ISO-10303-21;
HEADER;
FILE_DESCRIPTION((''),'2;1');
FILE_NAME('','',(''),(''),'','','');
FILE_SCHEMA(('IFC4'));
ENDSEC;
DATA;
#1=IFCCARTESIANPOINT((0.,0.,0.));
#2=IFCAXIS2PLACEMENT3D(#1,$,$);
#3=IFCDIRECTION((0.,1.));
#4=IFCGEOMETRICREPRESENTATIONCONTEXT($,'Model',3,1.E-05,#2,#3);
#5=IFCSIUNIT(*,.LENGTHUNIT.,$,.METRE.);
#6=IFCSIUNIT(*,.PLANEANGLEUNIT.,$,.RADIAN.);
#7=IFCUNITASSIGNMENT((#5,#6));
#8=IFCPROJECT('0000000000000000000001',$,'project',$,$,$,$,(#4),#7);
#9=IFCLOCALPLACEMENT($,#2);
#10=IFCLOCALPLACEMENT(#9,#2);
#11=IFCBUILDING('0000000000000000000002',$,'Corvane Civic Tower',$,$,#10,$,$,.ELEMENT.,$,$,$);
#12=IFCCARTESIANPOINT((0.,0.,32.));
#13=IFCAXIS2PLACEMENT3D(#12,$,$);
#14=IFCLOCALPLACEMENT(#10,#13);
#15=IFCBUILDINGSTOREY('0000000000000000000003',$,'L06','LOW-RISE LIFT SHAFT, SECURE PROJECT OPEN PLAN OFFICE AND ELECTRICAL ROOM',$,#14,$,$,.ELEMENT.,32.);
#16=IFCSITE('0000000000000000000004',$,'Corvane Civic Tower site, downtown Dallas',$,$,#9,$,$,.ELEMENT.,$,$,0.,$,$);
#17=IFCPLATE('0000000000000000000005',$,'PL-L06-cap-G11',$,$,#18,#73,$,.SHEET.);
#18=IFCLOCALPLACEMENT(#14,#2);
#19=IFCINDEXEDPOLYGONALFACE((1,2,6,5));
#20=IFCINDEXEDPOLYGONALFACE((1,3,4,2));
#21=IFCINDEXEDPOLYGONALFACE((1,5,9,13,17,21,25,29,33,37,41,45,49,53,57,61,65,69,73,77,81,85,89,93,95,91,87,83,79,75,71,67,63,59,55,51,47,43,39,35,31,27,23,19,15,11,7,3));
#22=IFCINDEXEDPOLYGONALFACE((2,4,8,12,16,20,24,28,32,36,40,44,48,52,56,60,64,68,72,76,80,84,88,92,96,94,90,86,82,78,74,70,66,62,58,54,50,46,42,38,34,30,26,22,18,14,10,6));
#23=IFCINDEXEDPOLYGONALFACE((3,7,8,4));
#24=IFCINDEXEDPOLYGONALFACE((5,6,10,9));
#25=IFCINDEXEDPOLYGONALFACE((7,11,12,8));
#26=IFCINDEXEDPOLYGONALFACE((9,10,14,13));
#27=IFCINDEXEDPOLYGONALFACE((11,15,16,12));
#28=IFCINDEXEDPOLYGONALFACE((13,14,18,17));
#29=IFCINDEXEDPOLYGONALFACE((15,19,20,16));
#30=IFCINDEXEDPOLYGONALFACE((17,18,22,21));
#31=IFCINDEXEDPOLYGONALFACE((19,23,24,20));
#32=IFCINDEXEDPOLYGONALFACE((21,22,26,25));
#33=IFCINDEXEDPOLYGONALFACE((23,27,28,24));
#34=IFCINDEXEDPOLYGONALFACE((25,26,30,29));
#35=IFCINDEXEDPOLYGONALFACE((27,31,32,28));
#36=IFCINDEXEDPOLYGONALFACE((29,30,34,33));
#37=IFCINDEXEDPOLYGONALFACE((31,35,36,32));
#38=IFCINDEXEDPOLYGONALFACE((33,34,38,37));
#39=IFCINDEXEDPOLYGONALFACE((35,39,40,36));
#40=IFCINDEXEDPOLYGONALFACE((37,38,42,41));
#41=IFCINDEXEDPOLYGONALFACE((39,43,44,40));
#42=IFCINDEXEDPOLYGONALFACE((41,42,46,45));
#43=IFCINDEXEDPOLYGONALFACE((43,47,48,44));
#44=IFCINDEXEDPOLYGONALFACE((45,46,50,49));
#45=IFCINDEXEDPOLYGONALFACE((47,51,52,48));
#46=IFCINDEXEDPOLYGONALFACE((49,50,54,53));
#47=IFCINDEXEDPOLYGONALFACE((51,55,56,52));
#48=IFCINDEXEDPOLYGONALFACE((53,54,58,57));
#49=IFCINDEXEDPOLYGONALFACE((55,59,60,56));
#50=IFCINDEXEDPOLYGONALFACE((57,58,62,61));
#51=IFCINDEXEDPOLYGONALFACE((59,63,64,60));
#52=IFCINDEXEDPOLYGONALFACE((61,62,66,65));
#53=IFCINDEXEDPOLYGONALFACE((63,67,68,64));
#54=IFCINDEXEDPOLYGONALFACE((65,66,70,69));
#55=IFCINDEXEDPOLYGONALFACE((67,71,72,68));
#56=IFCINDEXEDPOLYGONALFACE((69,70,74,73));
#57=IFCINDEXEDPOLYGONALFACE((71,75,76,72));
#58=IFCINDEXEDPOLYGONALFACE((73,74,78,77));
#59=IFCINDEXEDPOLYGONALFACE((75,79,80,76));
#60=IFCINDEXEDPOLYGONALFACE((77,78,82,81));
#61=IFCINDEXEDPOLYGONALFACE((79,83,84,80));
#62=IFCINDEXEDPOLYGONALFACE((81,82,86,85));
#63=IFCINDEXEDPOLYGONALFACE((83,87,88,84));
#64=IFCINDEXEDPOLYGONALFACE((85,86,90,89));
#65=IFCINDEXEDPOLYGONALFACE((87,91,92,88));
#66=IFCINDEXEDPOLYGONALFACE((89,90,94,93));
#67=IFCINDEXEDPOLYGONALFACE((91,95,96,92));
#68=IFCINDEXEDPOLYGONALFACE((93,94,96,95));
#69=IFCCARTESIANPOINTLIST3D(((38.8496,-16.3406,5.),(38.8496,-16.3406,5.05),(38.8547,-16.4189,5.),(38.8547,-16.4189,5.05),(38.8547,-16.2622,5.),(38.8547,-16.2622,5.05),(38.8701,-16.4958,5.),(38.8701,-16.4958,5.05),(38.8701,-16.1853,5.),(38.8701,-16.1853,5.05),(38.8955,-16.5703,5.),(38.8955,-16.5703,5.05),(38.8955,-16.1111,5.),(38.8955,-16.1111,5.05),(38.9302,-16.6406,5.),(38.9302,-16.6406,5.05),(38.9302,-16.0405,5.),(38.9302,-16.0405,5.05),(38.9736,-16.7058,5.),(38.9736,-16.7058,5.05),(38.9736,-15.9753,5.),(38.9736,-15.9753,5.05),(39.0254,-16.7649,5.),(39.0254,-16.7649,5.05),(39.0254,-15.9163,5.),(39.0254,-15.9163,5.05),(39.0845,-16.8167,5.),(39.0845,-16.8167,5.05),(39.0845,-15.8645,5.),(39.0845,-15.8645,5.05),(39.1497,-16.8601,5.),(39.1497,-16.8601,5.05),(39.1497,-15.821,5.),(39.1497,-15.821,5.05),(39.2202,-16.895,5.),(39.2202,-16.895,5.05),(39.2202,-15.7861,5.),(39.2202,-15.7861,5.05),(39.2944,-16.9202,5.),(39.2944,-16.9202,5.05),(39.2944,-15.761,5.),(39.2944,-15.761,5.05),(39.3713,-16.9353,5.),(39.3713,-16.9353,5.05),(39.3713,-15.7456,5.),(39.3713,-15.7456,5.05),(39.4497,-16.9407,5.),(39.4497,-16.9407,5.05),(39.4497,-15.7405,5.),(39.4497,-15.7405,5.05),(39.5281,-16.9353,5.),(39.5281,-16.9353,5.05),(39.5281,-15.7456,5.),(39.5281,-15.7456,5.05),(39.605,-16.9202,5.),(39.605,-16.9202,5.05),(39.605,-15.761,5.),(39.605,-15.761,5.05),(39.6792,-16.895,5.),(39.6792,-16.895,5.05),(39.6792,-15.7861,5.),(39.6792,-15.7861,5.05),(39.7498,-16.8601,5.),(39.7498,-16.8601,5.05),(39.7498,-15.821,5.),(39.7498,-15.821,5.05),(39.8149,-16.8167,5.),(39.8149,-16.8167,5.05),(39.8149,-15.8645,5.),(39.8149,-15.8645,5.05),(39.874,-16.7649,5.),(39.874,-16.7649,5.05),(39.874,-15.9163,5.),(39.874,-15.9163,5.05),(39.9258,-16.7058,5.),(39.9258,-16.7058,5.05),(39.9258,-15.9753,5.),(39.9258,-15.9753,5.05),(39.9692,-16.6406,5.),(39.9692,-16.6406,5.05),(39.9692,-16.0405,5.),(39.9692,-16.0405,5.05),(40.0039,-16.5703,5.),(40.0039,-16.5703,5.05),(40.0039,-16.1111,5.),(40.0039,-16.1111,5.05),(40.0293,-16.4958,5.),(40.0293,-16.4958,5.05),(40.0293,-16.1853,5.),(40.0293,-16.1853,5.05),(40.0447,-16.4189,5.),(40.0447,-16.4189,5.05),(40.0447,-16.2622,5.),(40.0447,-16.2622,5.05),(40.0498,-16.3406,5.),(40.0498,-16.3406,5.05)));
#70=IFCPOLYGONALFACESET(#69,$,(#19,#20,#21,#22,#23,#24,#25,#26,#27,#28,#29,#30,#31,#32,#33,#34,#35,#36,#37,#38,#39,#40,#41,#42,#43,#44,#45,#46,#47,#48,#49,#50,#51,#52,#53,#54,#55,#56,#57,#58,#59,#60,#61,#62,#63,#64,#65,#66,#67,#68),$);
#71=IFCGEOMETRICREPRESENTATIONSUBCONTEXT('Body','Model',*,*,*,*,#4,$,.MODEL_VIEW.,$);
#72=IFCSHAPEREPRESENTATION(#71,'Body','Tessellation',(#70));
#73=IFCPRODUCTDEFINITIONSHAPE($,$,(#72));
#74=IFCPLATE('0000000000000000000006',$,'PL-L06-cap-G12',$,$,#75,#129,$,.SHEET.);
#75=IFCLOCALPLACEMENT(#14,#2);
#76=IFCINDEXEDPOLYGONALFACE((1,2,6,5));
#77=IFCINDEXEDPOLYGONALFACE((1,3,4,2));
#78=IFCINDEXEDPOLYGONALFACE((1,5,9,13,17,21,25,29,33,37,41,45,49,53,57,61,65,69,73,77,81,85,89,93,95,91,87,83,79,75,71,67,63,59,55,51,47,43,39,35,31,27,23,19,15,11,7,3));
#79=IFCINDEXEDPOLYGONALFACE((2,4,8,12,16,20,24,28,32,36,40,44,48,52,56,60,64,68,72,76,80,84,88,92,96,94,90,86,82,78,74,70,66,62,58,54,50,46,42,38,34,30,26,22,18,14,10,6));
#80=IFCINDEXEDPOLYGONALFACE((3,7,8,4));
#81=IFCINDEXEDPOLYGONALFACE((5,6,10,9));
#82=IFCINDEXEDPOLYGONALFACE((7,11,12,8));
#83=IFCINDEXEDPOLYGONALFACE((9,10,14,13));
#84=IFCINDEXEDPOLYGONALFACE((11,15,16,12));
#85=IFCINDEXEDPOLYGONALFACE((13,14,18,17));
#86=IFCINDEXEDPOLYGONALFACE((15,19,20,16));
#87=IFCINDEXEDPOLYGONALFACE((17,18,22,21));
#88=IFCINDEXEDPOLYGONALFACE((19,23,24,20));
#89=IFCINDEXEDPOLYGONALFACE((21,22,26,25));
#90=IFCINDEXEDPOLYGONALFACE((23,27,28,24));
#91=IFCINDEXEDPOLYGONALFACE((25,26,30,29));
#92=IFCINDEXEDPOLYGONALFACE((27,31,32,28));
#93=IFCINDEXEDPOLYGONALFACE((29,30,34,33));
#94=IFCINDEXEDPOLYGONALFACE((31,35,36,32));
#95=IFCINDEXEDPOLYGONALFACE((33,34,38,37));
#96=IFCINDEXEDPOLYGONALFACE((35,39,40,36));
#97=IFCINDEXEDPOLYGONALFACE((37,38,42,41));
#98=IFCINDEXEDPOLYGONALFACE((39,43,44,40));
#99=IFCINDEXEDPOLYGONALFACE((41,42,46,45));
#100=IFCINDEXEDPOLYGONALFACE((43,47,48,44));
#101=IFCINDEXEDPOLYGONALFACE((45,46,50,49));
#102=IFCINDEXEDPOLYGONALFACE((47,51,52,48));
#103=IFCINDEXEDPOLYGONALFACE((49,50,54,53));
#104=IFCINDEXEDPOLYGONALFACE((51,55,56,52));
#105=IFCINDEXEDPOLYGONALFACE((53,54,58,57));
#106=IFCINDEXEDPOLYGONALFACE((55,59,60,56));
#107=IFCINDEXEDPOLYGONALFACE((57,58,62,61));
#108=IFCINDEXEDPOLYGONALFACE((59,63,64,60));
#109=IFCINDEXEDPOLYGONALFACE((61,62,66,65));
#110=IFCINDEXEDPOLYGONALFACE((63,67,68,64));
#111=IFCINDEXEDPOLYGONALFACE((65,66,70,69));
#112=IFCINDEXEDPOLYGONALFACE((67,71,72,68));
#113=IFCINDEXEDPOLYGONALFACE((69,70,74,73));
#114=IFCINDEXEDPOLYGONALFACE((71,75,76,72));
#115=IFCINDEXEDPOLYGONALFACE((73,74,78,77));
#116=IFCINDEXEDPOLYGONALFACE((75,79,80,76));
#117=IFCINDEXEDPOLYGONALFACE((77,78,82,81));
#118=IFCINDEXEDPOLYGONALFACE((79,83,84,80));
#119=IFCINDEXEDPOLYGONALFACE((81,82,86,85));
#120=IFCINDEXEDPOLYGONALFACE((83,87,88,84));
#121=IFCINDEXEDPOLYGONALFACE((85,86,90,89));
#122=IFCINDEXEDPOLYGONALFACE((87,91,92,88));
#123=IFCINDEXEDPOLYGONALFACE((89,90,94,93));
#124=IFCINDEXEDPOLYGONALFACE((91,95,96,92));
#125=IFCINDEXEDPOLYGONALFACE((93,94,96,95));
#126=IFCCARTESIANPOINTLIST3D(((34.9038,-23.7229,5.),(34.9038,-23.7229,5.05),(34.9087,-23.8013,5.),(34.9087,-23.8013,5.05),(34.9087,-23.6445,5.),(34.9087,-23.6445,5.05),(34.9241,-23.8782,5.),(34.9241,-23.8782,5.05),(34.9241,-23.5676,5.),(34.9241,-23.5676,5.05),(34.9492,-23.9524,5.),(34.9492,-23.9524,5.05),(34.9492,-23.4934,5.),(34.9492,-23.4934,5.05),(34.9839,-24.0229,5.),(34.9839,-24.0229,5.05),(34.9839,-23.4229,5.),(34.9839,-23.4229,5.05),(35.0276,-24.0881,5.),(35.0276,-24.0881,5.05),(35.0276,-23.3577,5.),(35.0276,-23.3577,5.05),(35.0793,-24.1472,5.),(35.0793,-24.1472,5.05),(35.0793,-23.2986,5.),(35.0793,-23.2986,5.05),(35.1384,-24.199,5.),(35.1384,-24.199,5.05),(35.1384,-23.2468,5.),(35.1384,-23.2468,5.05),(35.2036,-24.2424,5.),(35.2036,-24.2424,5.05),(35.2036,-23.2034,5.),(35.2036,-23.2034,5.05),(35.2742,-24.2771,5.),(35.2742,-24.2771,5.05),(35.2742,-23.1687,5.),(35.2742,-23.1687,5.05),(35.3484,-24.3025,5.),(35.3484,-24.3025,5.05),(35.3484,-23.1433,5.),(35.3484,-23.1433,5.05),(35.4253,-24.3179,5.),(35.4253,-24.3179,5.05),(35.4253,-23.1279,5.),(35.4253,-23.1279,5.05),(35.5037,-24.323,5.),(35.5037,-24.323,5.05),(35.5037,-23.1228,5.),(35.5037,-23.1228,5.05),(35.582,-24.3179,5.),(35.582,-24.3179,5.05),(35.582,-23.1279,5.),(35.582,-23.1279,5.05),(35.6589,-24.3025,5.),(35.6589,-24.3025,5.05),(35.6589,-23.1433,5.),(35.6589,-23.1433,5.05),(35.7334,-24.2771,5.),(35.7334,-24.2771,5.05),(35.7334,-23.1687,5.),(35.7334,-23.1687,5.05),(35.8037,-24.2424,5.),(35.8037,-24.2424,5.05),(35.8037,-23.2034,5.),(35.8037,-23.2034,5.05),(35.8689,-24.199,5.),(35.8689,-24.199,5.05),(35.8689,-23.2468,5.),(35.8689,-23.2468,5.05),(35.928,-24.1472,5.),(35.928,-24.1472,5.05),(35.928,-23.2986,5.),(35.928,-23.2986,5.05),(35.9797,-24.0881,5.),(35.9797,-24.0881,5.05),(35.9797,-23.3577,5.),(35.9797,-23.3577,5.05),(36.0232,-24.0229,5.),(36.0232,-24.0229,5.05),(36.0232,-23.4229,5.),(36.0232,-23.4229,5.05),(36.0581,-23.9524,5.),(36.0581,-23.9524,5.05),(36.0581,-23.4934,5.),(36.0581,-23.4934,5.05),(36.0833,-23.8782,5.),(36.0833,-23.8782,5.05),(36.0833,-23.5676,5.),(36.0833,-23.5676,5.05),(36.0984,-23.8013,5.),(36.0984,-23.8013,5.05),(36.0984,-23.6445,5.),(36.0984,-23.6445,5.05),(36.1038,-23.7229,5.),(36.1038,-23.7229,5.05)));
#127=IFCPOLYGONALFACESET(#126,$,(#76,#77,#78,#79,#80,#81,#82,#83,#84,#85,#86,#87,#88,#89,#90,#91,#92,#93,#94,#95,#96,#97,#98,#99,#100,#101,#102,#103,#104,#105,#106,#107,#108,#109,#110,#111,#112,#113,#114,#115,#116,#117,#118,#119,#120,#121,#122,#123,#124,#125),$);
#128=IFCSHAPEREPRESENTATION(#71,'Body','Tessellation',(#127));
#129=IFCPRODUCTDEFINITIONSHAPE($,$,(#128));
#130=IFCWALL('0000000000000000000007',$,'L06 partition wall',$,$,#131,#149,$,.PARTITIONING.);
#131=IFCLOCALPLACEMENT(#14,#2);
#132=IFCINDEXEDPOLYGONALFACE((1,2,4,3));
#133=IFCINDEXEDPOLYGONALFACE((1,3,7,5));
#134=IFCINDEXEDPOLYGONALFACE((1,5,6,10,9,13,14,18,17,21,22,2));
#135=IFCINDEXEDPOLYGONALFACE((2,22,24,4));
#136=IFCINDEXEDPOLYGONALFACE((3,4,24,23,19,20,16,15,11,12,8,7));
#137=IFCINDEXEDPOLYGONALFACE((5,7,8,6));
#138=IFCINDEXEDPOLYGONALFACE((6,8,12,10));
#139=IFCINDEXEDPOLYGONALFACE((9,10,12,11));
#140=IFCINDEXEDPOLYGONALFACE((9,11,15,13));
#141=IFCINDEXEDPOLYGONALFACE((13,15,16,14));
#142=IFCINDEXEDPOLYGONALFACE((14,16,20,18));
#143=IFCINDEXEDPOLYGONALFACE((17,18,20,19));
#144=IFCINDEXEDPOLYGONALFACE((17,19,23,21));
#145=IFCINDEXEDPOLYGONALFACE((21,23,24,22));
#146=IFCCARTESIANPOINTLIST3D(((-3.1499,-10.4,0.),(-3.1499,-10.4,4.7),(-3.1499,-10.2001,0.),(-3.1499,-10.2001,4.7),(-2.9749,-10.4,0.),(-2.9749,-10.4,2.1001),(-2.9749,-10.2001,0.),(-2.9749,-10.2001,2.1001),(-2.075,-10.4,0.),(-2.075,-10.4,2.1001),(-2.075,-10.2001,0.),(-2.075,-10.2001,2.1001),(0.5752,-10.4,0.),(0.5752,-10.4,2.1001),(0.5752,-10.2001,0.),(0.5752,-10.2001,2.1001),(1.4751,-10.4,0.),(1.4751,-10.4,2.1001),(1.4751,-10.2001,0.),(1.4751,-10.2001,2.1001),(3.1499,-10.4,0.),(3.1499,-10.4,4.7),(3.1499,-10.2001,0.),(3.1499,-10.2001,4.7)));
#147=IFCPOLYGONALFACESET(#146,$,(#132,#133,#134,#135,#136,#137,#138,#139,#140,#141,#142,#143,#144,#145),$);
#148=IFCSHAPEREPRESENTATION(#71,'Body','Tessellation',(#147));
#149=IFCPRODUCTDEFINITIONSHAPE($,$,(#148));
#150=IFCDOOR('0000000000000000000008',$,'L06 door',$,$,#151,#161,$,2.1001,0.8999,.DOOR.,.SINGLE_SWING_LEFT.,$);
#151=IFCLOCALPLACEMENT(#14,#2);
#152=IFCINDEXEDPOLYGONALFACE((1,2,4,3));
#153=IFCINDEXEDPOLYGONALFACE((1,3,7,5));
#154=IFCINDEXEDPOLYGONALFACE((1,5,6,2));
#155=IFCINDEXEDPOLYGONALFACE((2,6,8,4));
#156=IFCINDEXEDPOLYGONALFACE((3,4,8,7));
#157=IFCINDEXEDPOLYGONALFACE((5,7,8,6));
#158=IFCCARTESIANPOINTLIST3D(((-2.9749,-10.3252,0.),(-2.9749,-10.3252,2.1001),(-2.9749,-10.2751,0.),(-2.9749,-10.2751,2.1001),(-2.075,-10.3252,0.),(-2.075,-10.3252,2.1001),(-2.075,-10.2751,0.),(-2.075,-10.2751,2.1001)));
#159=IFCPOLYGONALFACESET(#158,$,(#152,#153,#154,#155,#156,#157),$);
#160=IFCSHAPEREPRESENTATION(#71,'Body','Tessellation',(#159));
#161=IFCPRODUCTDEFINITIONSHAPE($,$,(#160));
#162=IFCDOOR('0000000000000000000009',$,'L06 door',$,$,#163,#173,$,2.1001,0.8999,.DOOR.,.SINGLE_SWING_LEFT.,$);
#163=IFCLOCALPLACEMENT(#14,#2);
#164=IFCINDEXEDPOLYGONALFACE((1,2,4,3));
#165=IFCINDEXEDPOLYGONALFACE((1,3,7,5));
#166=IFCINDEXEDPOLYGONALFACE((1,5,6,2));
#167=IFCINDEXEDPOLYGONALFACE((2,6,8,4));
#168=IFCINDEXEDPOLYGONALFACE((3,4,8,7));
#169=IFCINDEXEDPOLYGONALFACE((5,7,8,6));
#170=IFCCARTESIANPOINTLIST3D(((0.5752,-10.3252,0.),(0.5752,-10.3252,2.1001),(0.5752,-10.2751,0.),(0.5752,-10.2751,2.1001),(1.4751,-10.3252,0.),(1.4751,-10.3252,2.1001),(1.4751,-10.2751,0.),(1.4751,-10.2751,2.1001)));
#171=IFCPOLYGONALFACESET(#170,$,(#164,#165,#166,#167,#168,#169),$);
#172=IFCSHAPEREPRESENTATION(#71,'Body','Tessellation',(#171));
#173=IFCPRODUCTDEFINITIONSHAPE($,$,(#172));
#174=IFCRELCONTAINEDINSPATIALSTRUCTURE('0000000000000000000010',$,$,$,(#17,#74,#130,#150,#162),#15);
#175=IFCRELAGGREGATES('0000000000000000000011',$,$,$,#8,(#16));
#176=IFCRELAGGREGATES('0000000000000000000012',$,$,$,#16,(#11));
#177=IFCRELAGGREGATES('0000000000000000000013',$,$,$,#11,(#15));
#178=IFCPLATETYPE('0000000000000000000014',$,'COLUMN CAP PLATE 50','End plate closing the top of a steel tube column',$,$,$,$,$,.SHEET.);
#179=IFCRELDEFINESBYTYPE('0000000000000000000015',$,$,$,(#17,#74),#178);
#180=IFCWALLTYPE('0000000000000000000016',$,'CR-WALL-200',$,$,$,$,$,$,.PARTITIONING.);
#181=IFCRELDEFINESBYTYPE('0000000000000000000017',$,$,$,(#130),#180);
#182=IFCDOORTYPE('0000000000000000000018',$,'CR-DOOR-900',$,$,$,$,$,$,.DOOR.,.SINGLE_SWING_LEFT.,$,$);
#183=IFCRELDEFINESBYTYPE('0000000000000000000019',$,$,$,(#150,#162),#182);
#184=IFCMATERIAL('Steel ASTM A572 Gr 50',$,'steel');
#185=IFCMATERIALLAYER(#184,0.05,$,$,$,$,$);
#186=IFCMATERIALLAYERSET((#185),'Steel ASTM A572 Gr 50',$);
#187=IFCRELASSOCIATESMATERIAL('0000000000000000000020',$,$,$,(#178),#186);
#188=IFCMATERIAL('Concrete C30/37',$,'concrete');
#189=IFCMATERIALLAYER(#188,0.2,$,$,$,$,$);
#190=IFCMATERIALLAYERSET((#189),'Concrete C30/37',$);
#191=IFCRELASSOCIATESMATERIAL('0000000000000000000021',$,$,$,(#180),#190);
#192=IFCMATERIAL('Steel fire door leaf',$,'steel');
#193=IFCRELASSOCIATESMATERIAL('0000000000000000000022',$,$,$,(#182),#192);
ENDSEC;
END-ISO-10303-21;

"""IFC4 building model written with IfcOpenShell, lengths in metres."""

from ifc_helpers import new_model, si_unit, direction, frame, frame_2d, origin, place, context, subcontext, project, spatial, polyline, rectangle, outline, extrude, material, layer, layer_set, type_object, element, fill, save


model = new_model("IFC4")

# Units and contexts
model_context = context("Model", 3, precision=1e-05, world=origin(), true_north=direction((0.0, 1.0)))
body_context = subcontext(model_context, "Body", "Model", "MODEL_VIEW")
ifc_project = project(units=[si_unit("LENGTHUNIT", "METRE"), si_unit("PLANEANGLEUNIT", "RADIAN")], contexts=[model_context])

# Site, building, storey
site_placement = place(None, origin())
site = spatial("IfcSite", under=ifc_project, at=site_placement, Name="Corvane Civic Tower site, downtown Dallas", CompositionType="ELEMENT", RefElevation=0.0)
building_placement = place(site_placement, origin())
building = spatial("IfcBuilding", under=site, at=building_placement, Name="Corvane Civic Tower", CompositionType="ELEMENT")
storey_placement = place(building_placement, frame((0.0, 0.0, 32.0)))
storey = spatial("IfcBuildingStorey", under=building, at=storey_placement, Name="L06", Description="LOW-RISE LIFT SHAFT, SECURE PROJECT OPEN PLAN OFFICE AND ELECTRICAL ROOM", CompositionType="ELEMENT", Elevation=32.0)

# Plates
ifc_material_1 = material(Name="Steel ASTM A572 Gr 50", Category="steel")
ifc_layer_1 = layer(ifc_material_1, 0.05)
ifc_layer_set_1 = layer_set([ifc_layer_1], Name="Steel ASTM A572 Gr 50")
plate_type = type_object("IfcPlateType", Name="COLUMN CAP PLATE 50", Description="End plate closing the top of a steel tube column", PredefinedType="SHEET", material=ifc_layer_set_1)
plate_1_placement = place(storey_placement, frame((0.0, 0.0, 5.0)))
element("IfcPlate", 1, at=plate_1_placement, inside=storey, type_object=plate_type, Name="PL-L06-cap-G11", PredefinedType="SHEET", context=body_context, shape_type="SweptSolid", body=[
    extrude(outline(polyline([(40.0498, -16.3406), (40.0447, -16.2622), (40.0293, -16.1853), (40.0039, -16.1111), (39.9692, -16.0405), (39.9258, -15.9753), (39.874, -15.9163), (39.8149, -15.8645), (39.7498, -15.821), (39.6792, -15.7861), (39.605, -15.761), (39.5281, -15.7456), (39.4497, -15.7405), (39.3713, -15.7456), (39.2944, -15.761), (39.2202, -15.7861), (39.1497, -15.821), (39.0845, -15.8645), (39.0254, -15.9163), (38.9736, -15.9753), (38.9302, -16.0405), (38.8955, -16.1111), (38.8701, -16.1853), (38.8547, -16.2622), (38.8496, -16.3406), (38.8547, -16.4189), (38.8701, -16.4958), (38.8955, -16.5703), (38.9302, -16.6406), (38.9736, -16.7058), (39.0254, -16.7649), (39.0845, -16.8167), (39.1497, -16.8601), (39.2202, -16.895), (39.2944, -16.9202), (39.3713, -16.9353), (39.4497, -16.9407), (39.5281, -16.9353), (39.605, -16.9202), (39.6792, -16.895), (39.7498, -16.8601), (39.8149, -16.8167), (39.874, -16.7649), (39.9258, -16.7058), (39.9692, -16.6406), (40.0039, -16.5703), (40.0293, -16.4958), (40.0447, -16.4189), (40.0498, -16.3406)])), origin(), (0.0, 0.0, 1.0), 0.05),
])
plate_2_placement = place(storey_placement, frame((0.0, 0.0, 5.0)))
element("IfcPlate", 2, at=plate_2_placement, inside=storey, type_object=plate_type, Name="PL-L06-cap-G12", PredefinedType="SHEET", context=body_context, shape_type="SweptSolid", body=[
    extrude(outline(polyline([(36.1038, -23.7229), (36.0984, -23.6445), (36.0833, -23.5676), (36.0581, -23.4934), (36.0232, -23.4229), (35.9797, -23.3577), (35.928, -23.2986), (35.8689, -23.2468), (35.8037, -23.2034), (35.7334, -23.1687), (35.6589, -23.1433), (35.582, -23.1279), (35.5037, -23.1228), (35.4253, -23.1279), (35.3484, -23.1433), (35.2742, -23.1687), (35.2036, -23.2034), (35.1384, -23.2468), (35.0793, -23.2986), (35.0276, -23.3577), (34.9839, -23.4229), (34.9492, -23.4934), (34.9241, -23.5676), (34.9087, -23.6445), (34.9038, -23.7229), (34.9087, -23.8013), (34.9241, -23.8782), (34.9492, -23.9524), (34.9839, -24.0229), (35.0276, -24.0881), (35.0793, -24.1472), (35.1384, -24.199), (35.2036, -24.2424), (35.2742, -24.2771), (35.3484, -24.3025), (35.4253, -24.3179), (35.5037, -24.323), (35.582, -24.3179), (35.6589, -24.3025), (35.7334, -24.2771), (35.8037, -24.2424), (35.8689, -24.199), (35.928, -24.1472), (35.9797, -24.0881), (36.0232, -24.0229), (36.0581, -23.9524), (36.0833, -23.8782), (36.0984, -23.8013), (36.1038, -23.7229)])), origin(), (0.0, 0.0, 1.0), 0.05),
])

# Wall, openings, doors
ifc_material_2 = material(Name="Concrete C30/37", Category="concrete")
ifc_layer_2 = layer(ifc_material_2, 0.2)
ifc_layer_set_2 = layer_set([ifc_layer_2], Name="Concrete C30/37")
wall_type = type_object("IfcWallType", Name="CR-WALL-200", PredefinedType="PARTITIONING", material=ifc_layer_set_2)
wall_1_placement = place(storey_placement, frame((-3.1499, -10.3, 0.0), z_axis=(0.0, 0.0, 1.0), x_axis=(1.0, 0.0, 0.0)))
wall_1 = element("IfcWall", 3, at=wall_1_placement, inside=storey, type_object=wall_type, Name="L06 partition wall", PredefinedType="PARTITIONING", context=body_context, shape_type="SweptSolid", body=[
    extrude(rectangle(XDim=6.2998, YDim=0.2, at=frame_2d((3.1499, 0.0))), origin(), (0.0, 0.0, 1.0), 4.7),
])
opening_1_placement = place(wall_1_placement, frame((0.175, 0.0, 0.0)))
opening_1 = element("IfcOpeningElement", 4, at=opening_1_placement, cuts=wall_1, PredefinedType="OPENING", context=body_context, shape_type="SweptSolid", body=[
    extrude(rectangle(XDim=0.8999, YDim=2.1001, at=frame_2d((0.45, 1.05))), frame((0.0, 0.1099, 0.0), z_axis=(0.0, -1.0, 0.0), x_axis=(1.0, 0.0, 0.0)), (0.0, 0.0, 1.0), 0.22),
])
opening_2_placement = place(wall_1_placement, frame((3.7251, 0.0, 0.0)))
opening_2 = element("IfcOpeningElement", 5, at=opening_2_placement, cuts=wall_1, PredefinedType="OPENING", context=body_context, shape_type="SweptSolid", body=[
    extrude(rectangle(XDim=0.8999, YDim=2.1001, at=frame_2d((0.45, 1.05))), frame((0.0, 0.1099, 0.0), z_axis=(0.0, -1.0, 0.0), x_axis=(1.0, 0.0, 0.0)), (0.0, 0.0, 1.0), 0.22),
])
ifc_material_3 = material(Name="Steel fire door leaf", Category="steel")
door_type_1 = type_object("IfcDoorType", Name="CR-DOOR-900", OperationType="SINGLE_SWING_LEFT", PredefinedType="DOOR", material=ifc_material_3)
door_1_placement = place(opening_1_placement, origin())
door_1 = element("IfcDoor", 6, at=door_1_placement, inside=storey, type_object=door_type_1, Name="L06 door", OperationType="SINGLE_SWING_LEFT", OverallHeight=2.1001, OverallWidth=0.8999, PredefinedType="DOOR", context=body_context, shape_type="SweptSolid", body=[
    extrude(rectangle(XDim=0.8999, YDim=2.1001, at=frame_2d((0.45, 1.05))), frame((0.0, 0.0249, 0.0), z_axis=(0.0, -1.0, 0.0), x_axis=(1.0, 0.0, 0.0)), (0.0, 0.0, 1.0), 0.05),
])
fill(opening_1, door_1)
door_2_placement = place(opening_2_placement, origin())
door_2 = element("IfcDoor", 7, at=door_2_placement, inside=storey, type_object=door_type_1, Name="L06 door", OperationType="SINGLE_SWING_LEFT", OverallHeight=2.1001, OverallWidth=0.8999, PredefinedType="DOOR", context=body_context, shape_type="SweptSolid", body=[
    extrude(rectangle(XDim=0.8999, YDim=2.1001, at=frame_2d((0.45, 1.05))), frame((0.0, 0.0249, 0.0), z_axis=(0.0, -1.0, 0.0), x_axis=(1.0, 0.0, 0.0)), (0.0, 0.0, 1.0), 0.05),
])
fill(opening_2, door_2)

save(model, "model.ifc")
